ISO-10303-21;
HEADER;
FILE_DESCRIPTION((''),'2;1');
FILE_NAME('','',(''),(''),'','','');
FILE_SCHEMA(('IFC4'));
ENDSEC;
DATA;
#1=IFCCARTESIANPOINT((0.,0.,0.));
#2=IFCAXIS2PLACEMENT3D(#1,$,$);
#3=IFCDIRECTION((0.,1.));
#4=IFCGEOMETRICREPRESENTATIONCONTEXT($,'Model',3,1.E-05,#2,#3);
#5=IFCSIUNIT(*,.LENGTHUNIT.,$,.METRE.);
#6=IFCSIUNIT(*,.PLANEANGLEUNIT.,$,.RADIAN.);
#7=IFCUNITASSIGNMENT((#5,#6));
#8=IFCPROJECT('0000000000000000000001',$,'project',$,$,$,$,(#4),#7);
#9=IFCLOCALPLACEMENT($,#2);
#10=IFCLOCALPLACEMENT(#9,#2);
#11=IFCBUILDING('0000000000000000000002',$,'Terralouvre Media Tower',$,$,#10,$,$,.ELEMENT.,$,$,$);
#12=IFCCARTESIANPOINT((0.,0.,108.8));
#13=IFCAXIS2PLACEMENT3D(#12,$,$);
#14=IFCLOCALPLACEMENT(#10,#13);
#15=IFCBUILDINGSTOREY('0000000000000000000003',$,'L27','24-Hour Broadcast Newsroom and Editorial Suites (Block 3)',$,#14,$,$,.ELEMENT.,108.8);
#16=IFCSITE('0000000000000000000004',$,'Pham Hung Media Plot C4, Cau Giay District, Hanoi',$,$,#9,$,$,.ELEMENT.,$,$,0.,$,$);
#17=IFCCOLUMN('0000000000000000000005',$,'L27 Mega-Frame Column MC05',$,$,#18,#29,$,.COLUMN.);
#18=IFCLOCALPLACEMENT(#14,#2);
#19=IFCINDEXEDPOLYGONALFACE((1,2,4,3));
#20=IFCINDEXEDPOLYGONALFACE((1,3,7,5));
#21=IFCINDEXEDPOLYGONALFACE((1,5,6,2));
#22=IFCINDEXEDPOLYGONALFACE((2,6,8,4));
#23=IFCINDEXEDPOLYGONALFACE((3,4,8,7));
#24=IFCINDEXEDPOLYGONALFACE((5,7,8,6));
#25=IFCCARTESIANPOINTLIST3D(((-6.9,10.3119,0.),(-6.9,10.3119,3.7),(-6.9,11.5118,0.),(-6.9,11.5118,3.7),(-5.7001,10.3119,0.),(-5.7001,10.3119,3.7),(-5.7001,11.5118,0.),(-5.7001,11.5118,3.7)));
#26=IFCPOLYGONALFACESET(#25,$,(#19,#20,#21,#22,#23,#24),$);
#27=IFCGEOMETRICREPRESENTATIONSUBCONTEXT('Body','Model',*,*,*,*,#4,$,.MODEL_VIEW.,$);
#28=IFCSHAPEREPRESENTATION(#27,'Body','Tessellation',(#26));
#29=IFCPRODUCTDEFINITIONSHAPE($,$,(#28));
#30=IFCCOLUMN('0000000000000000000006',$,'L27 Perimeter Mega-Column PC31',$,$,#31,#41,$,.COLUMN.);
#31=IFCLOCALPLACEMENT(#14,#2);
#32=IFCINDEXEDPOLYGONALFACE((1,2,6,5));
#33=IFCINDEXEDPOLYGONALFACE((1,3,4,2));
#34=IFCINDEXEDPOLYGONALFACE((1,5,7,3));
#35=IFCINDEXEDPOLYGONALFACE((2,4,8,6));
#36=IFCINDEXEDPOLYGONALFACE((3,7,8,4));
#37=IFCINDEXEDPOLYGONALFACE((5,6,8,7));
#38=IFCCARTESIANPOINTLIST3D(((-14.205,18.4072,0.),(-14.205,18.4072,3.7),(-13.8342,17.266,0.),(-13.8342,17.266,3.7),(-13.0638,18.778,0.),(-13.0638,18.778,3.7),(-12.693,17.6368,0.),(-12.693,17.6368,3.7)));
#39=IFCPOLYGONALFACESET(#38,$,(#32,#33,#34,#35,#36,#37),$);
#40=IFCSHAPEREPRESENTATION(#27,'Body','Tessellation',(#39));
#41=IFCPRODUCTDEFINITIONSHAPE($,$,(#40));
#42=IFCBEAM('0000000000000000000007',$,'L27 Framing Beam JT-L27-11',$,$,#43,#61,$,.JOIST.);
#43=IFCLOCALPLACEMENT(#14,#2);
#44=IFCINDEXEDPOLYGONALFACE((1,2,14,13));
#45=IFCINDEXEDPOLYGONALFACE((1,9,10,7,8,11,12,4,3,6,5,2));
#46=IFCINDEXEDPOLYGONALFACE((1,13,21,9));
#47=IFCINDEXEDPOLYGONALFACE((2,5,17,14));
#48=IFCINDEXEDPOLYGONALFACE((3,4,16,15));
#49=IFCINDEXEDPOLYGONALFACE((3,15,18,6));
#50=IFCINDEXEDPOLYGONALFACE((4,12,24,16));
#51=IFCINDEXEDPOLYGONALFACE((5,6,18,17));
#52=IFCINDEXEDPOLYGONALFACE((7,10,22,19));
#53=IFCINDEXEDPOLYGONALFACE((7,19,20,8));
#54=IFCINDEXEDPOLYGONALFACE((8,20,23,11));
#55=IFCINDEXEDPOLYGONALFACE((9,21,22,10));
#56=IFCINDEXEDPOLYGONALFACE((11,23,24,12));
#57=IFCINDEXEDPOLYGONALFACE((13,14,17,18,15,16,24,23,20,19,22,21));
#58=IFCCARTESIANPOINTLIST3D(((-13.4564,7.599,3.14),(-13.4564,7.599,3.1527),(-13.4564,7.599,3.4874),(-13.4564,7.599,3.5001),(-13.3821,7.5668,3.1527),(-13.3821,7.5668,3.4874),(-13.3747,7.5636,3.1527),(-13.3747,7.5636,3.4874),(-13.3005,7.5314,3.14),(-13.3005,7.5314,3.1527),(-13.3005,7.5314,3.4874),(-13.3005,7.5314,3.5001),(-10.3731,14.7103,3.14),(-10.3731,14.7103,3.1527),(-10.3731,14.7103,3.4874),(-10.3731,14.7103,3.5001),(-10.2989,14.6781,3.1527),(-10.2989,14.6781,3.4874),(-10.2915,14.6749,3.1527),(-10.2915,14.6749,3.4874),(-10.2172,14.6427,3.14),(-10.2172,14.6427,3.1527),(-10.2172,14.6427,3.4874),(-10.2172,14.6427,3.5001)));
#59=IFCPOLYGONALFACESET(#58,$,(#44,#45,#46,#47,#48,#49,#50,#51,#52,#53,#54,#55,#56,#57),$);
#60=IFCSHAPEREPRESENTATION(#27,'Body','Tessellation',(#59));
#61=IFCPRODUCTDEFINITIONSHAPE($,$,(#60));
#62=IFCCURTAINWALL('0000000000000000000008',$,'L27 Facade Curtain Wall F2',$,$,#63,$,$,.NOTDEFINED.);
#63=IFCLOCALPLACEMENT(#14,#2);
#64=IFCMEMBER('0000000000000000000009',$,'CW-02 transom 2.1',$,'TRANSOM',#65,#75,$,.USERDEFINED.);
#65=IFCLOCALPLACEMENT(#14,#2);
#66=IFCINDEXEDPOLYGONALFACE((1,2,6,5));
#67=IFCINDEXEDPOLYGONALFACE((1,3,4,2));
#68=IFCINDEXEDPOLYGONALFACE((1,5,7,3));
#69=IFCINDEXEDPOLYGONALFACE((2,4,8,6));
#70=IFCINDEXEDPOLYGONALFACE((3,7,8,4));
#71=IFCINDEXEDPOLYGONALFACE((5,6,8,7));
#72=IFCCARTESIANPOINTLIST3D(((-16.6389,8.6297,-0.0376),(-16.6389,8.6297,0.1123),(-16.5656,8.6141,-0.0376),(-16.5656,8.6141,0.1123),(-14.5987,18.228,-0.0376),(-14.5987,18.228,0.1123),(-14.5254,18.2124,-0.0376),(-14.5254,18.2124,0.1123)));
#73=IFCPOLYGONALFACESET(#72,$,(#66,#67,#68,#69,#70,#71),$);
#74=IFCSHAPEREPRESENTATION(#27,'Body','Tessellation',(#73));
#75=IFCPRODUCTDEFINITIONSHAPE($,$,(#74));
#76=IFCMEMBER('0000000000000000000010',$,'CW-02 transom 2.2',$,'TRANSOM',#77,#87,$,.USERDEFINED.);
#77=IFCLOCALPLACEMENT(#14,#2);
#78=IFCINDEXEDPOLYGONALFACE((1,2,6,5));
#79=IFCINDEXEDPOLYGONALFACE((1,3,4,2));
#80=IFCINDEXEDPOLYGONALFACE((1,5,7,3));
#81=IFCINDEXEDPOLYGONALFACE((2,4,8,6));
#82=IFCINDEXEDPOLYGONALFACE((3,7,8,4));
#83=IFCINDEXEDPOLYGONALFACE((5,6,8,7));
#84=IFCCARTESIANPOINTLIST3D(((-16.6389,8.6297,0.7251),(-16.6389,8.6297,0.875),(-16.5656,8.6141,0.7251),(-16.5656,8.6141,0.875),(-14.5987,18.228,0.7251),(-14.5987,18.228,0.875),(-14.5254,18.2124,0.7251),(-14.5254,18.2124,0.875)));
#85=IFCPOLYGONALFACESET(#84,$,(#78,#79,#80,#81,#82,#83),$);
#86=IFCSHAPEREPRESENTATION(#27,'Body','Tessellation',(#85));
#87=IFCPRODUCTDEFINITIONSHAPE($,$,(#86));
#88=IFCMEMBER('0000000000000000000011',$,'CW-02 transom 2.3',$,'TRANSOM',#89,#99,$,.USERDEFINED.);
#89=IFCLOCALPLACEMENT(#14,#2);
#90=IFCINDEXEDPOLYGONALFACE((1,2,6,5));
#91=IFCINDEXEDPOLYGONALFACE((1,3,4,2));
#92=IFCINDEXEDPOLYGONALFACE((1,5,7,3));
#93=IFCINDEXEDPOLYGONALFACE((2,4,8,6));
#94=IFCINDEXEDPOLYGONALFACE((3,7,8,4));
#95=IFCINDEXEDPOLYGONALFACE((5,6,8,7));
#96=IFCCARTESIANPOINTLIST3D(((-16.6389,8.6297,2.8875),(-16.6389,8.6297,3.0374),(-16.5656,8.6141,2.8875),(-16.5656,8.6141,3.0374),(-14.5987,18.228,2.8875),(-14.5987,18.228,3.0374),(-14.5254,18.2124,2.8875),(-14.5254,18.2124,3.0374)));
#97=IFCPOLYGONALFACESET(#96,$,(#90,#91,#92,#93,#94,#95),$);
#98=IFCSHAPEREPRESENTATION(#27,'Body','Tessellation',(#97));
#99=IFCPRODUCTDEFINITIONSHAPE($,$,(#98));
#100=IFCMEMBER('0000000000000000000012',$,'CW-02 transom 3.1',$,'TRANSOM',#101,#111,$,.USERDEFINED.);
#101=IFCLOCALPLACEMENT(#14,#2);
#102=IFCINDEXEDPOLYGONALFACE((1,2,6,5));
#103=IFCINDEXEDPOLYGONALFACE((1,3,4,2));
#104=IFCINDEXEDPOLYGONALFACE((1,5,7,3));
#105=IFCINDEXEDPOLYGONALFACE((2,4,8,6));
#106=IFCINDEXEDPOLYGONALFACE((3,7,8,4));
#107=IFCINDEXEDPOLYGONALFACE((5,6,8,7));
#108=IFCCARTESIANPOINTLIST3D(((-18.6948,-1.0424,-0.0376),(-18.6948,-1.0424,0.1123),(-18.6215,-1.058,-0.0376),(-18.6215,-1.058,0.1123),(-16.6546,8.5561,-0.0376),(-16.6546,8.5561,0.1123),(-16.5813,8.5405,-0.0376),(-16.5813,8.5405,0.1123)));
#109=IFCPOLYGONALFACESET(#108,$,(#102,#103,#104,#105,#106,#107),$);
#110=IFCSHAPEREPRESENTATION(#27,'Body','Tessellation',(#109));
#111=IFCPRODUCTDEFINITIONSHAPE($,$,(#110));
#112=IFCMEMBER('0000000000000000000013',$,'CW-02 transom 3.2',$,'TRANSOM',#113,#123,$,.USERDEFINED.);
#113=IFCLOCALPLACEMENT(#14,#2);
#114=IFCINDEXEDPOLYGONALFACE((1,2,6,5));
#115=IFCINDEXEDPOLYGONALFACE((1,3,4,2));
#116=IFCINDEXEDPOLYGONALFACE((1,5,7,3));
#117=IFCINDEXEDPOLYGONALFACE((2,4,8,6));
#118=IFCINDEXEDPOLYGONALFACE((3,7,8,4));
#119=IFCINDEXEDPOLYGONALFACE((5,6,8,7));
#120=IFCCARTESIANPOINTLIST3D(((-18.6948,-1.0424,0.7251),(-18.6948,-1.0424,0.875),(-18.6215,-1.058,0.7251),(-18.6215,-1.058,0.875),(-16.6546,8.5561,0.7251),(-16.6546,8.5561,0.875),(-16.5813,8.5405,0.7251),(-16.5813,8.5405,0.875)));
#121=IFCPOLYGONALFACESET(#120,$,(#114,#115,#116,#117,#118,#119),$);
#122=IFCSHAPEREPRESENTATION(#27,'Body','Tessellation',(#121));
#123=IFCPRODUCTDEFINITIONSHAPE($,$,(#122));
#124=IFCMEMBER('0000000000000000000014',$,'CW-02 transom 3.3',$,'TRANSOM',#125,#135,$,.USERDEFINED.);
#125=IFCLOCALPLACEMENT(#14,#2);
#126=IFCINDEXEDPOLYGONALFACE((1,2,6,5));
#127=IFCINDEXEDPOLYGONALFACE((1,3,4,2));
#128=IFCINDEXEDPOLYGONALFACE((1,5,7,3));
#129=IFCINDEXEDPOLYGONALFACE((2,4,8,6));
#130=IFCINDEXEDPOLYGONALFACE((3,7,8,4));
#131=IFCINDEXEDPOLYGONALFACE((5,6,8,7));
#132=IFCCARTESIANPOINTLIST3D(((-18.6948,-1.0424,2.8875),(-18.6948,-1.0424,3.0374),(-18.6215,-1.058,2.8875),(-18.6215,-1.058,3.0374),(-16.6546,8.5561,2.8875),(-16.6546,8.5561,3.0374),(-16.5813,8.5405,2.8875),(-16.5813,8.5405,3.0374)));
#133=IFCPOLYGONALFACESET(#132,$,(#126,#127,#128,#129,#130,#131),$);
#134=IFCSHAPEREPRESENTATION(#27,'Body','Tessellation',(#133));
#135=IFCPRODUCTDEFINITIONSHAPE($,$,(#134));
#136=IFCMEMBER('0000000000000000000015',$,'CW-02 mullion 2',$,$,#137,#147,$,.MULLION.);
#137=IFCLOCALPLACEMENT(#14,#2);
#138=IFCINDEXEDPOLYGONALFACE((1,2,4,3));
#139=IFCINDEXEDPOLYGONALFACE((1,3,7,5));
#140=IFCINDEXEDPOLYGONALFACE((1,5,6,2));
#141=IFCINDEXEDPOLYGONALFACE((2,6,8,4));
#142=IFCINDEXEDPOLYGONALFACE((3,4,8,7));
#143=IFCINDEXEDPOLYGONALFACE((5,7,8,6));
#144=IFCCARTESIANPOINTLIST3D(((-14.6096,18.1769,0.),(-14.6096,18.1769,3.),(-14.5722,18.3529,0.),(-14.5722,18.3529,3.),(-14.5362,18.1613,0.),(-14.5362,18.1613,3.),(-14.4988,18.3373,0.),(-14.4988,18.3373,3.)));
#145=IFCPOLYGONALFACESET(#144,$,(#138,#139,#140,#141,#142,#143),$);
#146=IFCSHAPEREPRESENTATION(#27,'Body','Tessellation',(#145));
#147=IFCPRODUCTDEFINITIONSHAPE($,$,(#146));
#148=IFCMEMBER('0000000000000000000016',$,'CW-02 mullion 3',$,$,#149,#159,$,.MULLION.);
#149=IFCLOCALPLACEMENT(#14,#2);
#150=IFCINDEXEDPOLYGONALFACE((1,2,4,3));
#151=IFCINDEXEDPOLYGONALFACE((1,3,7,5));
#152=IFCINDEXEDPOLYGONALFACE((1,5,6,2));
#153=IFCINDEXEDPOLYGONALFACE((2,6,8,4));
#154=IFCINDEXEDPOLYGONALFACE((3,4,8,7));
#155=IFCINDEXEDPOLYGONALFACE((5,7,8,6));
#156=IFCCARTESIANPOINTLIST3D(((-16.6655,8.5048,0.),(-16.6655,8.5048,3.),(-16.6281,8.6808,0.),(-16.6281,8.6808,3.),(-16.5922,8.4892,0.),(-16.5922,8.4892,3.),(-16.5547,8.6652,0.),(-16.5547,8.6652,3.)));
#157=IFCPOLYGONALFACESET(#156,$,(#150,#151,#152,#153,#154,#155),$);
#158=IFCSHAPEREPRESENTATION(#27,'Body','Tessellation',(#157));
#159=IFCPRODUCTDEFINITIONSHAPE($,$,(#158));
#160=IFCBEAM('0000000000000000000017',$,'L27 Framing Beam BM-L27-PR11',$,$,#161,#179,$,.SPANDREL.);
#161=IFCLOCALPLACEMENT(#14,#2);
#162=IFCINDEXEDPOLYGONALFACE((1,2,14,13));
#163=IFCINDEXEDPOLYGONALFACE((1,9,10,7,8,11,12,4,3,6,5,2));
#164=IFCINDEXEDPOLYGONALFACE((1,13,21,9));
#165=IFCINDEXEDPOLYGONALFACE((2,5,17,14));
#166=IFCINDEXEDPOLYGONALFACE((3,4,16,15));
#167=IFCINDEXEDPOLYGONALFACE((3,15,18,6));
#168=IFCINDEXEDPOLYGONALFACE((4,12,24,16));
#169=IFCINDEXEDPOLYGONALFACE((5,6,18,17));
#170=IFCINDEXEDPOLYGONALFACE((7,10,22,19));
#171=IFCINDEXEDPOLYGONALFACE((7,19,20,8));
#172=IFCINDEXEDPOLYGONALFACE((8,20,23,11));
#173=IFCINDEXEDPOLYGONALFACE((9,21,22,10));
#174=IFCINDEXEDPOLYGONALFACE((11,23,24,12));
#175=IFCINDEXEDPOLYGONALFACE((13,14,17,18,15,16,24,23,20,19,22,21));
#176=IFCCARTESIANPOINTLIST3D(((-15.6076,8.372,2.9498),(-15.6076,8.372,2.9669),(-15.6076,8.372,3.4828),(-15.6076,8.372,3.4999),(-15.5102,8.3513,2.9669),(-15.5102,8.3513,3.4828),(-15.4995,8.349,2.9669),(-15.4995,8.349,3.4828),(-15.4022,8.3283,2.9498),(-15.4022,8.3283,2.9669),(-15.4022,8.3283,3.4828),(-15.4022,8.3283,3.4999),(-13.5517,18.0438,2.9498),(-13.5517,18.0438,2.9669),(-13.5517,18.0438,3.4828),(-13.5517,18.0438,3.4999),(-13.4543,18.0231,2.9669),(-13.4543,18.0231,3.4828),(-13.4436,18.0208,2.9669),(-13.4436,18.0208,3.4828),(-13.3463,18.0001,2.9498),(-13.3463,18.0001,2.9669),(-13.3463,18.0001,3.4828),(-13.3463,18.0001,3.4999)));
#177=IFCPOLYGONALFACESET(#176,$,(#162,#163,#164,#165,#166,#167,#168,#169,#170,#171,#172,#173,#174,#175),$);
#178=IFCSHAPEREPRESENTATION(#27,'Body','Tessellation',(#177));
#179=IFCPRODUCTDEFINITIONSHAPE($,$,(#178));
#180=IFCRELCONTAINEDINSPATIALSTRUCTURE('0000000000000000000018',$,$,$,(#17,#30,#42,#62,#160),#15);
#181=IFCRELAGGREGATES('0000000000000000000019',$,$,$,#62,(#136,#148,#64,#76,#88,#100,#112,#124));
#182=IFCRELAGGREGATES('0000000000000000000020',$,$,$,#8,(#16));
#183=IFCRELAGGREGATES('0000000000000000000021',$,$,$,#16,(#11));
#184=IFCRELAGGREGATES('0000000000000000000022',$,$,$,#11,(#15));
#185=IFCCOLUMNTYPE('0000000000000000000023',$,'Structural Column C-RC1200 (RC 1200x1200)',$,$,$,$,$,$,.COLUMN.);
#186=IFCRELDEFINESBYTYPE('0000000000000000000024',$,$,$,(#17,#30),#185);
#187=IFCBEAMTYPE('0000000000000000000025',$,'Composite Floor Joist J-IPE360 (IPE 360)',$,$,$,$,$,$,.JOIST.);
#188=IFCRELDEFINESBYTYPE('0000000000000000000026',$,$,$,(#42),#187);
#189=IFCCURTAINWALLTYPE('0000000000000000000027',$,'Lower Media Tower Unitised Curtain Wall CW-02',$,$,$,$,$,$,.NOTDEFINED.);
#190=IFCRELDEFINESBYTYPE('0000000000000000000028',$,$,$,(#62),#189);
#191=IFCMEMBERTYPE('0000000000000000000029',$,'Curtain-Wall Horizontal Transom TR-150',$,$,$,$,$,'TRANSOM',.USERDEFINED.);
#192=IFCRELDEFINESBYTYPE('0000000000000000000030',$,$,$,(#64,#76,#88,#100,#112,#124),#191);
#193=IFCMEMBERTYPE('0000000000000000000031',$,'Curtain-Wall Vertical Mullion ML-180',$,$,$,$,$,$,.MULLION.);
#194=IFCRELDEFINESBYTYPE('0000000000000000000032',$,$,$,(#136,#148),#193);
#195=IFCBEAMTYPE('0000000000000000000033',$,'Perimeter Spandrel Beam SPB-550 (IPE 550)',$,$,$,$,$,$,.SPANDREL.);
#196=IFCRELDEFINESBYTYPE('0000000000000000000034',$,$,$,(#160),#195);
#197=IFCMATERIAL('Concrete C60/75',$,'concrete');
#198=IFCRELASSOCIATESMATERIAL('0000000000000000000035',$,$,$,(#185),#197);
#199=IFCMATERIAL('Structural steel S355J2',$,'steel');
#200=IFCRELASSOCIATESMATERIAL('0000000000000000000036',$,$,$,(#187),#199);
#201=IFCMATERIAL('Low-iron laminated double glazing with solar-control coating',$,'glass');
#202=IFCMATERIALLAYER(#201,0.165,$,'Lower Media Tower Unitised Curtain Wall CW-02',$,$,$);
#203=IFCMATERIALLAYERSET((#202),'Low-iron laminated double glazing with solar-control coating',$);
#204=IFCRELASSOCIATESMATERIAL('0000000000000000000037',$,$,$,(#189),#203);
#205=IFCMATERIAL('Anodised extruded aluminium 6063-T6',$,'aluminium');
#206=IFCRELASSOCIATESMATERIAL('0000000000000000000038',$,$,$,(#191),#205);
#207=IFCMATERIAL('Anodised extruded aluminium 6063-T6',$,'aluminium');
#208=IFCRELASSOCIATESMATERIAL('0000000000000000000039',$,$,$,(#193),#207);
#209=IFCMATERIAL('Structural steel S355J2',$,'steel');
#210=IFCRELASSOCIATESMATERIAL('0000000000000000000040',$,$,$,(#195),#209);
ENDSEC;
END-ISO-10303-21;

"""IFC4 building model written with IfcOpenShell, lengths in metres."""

from ifc_helpers import new_model, si_unit, direction, frame, origin, origin_2d, place, context, subcontext, project, spatial, rectangle, i_section, extrude, material, layer, layer_set, material_profile, profile_set, type_object, element, aggregate, save


model = new_model("IFC4")

# Units and contexts
model_context = context("Model", 3, precision=1e-05, world=origin(), true_north=direction((0.0, 1.0)))
body_context = subcontext(model_context, "Body", "Model", "MODEL_VIEW")
ifc_project = project(units=[si_unit("LENGTHUNIT", "METRE"), si_unit("PLANEANGLEUNIT", "RADIAN")], contexts=[model_context])

# Site, building, storey
site_placement = place(None, origin())
site = spatial("IfcSite", under=ifc_project, at=site_placement, Name="Pham Hung Media Plot C4, Cau Giay District, Hanoi", CompositionType="ELEMENT", RefElevation=0.0)
building_placement = place(site_placement, origin())
building = spatial("IfcBuilding", under=site, at=building_placement, Name="Terralouvre Media Tower", CompositionType="ELEMENT")
storey_placement = place(building_placement, frame((0.0, 0.0, 108.8)))
storey = spatial("IfcBuildingStorey", under=building, at=storey_placement, Name="L27", Description="24-Hour Broadcast Newsroom and Editorial Suites (Block 3)", CompositionType="ELEMENT", Elevation=108.8)

# Columns
ifc_material_1 = material(Name="Concrete C60/75", Category="concrete")
ifc_material_profile_1 = material_profile(ifc_material_1, rectangle(XDim=1.2, YDim=1.2, at=origin_2d()), Name="RC 1200x1200")
ifc_profile_set_1 = profile_set([ifc_material_profile_1], Name="Concrete C60/75")
column_type = type_object("IfcColumnType", Name="Structural Column C-RC1200 (RC 1200x1200)", PredefinedType="COLUMN", material=ifc_profile_set_1)
for number, where, z_axis, x_axis, name in (
    (1, (-6.3, 10.9119, 0.0), (0.0, 0.0, 1.0), (1.0, 0.0, 0.0), "L27 Mega-Frame Column MC05"),
    (2, (-13.449, 18.022, 0.0), (0.0, 0.0, 1.0), (0.951057, 0.309017, 0.0), "L27 Perimeter Mega-Column PC31"),
):
    element("IfcColumn", number, at=place(storey_placement, frame(where, z_axis=z_axis, x_axis=x_axis)), inside=storey, type_object=column_type, Name=name, PredefinedType="COLUMN", context=body_context, shape_type="SweptSolid", body=[
        extrude(rectangle(XDim=1.2, YDim=1.2, at=origin_2d()), origin(), (0.0, 0.0, 1.0), 3.7),
    ])

# Beam
ifc_material_2 = material(Name="Structural steel S355J2", Category="steel")
ifc_material_profile_2 = material_profile(ifc_material_2, i_section(OverallWidth=0.1699, OverallDepth=0.3601, WebThickness=0.0081, FlangeThickness=0.0127, at=origin_2d()), Name="IPE 360")
ifc_profile_set_2 = profile_set([ifc_material_profile_2], Name="Structural steel S355J2")
beam_type_1 = type_object("IfcBeamType", Name="Composite Floor Joist J-IPE360 (IPE 360)", PredefinedType="JOIST", material=ifc_profile_set_2)
beam_1_placement = place(storey_placement, frame((-10.2952, 14.6765, 3.3201), z_axis=(-0.39779, -0.917477, 0.0), x_axis=(0.917477, -0.39779, 0.0)))
element("IfcBeam", 3, at=beam_1_placement, inside=storey, type_object=beam_type_1, Name="L27 Framing Beam JT-L27-11", PredefinedType="JOIST", context=body_context, shape_type="SweptSolid", body=[
    extrude(i_section(OverallWidth=0.1699, OverallDepth=0.3601, WebThickness=0.0081, FlangeThickness=0.0127, at=origin_2d()), origin(), (0.0, 0.0, 1.0), 7.751),
])

# Curtain wall, members
ifc_material_3 = material(Name="Low-iron laminated double glazing with solar-control coating", Category="glass")
ifc_layer_1 = layer(ifc_material_3, 0.165, Name="Lower Media Tower Unitised Curtain Wall CW-02")
ifc_layer_set_1 = layer_set([ifc_layer_1], Name="Low-iron laminated double glazing with solar-control coating")
curtain_wall_type = type_object("IfcCurtainWallType", Name="Lower Media Tower Unitised Curtain Wall CW-02", PredefinedType="NOTDEFINED", material=ifc_layer_set_1)
curtain_wall_placement = place(storey_placement, origin())
curtain_wall = element("IfcCurtainWall", 4, at=curtain_wall_placement, inside=storey, type_object=curtain_wall_type, Name="L27 Facade Curtain Wall F2", PredefinedType="NOTDEFINED")
ifc_material_4 = material(Name="Anodised extruded aluminium 6063-T6", Category="aluminium")
ifc_material_profile_3 = material_profile(ifc_material_4, rectangle(XDim=0.075, YDim=0.1499, at=origin_2d()), Name="ALU 75x150")
ifc_profile_set_3 = profile_set([ifc_material_profile_3], Name="Anodised extruded aluminium 6063-T6")
member_type_1 = type_object("IfcMemberType", Name="Curtain-Wall Horizontal Transom TR-150", ElementType="TRANSOM", PredefinedType="USERDEFINED", material=ifc_profile_set_3)
member_1_placement = place(storey_placement, frame((-14.562, 18.2202, 0.0374), z_axis=(-0.20792, -0.978146, 0.0), x_axis=(0.978146, -0.20792, 0.0)))
member_1 = element("IfcMember", 5, at=member_1_placement, type_object=member_type_1, Name="CW-02 transom 2.1", ObjectType="TRANSOM", PredefinedType="USERDEFINED", context=body_context, shape_type="SweptSolid", body=[
    extrude(rectangle(XDim=0.075, YDim=0.1499, at=origin_2d()), origin(), (0.0, 0.0, 1.0), 9.8127),
])
member_2_placement = place(storey_placement, frame((-14.562, 18.2202, 0.8), z_axis=(-0.20792, -0.978146, 0.0), x_axis=(0.978146, -0.20792, 0.0)))
member_2 = element("IfcMember", 6, at=member_2_placement, type_object=member_type_1, Name="CW-02 transom 2.2", ObjectType="TRANSOM", PredefinedType="USERDEFINED", context=body_context, shape_type="SweptSolid", body=[
    extrude(rectangle(XDim=0.075, YDim=0.1499, at=origin_2d()), origin(), (0.0, 0.0, 1.0), 9.8127),
])
member_3_placement = place(storey_placement, frame((-14.562, 18.2202, 2.9624), z_axis=(-0.20792, -0.978146, 0.0), x_axis=(0.978146, -0.20792, 0.0)))
member_3 = element("IfcMember", 7, at=member_3_placement, type_object=member_type_1, Name="CW-02 transom 2.3", ObjectType="TRANSOM", PredefinedType="USERDEFINED", context=body_context, shape_type="SweptSolid", body=[
    extrude(rectangle(XDim=0.075, YDim=0.1499, at=origin_2d()), origin(), (0.0, 0.0, 1.0), 9.8127),
])
member_4_placement = place(storey_placement, frame((-16.6179, 8.5483, 0.0374), z_axis=(-0.207915, -0.978147, 0.0), x_axis=(0.978147, -0.207915, 0.0)))
member_4 = element("IfcMember", 8, at=member_4_placement, type_object=member_type_1, Name="CW-02 transom 3.1", ObjectType="TRANSOM", PredefinedType="USERDEFINED", context=body_context, shape_type="SweptSolid", body=[
    extrude(rectangle(XDim=0.075, YDim=0.1499, at=origin_2d()), origin(), (0.0, 0.0, 1.0), 9.813),
])
member_5_placement = place(storey_placement, frame((-16.6179, 8.5483, 0.8), z_axis=(-0.207915, -0.978147, 0.0), x_axis=(0.978147, -0.207915, 0.0)))
member_5 = element("IfcMember", 9, at=member_5_placement, type_object=member_type_1, Name="CW-02 transom 3.2", ObjectType="TRANSOM", PredefinedType="USERDEFINED", context=body_context, shape_type="SweptSolid", body=[
    extrude(rectangle(XDim=0.075, YDim=0.1499, at=origin_2d()), origin(), (0.0, 0.0, 1.0), 9.813),
])
member_6_placement = place(storey_placement, frame((-16.6179, 8.5483, 2.9624), z_axis=(-0.207915, -0.978147, 0.0), x_axis=(0.978147, -0.207915, 0.0)))
member_6 = element("IfcMember", 10, at=member_6_placement, type_object=member_type_1, Name="CW-02 transom 3.3", ObjectType="TRANSOM", PredefinedType="USERDEFINED", context=body_context, shape_type="SweptSolid", body=[
    extrude(rectangle(XDim=0.075, YDim=0.1499, at=origin_2d()), origin(), (0.0, 0.0, 1.0), 9.813),
])
ifc_material_5 = material(Name="Anodised extruded aluminium 6063-T6", Category="aluminium")
ifc_material_profile_4 = material_profile(ifc_material_5, rectangle(XDim=0.075, YDim=0.1799, at=origin_2d()), Name="ALU 75x180")
ifc_profile_set_4 = profile_set([ifc_material_profile_4], Name="Anodised extruded aluminium 6063-T6")
member_type_2 = type_object("IfcMemberType", Name="Curtain-Wall Vertical Mullion ML-180", PredefinedType="MULLION", material=ifc_profile_set_4)
member_7_placement = place(storey_placement, frame((-14.5542, 18.2571, 0.0), z_axis=(0.0, 0.0, 1.0), x_axis=(0.978148, -0.207912, 0.0)))
member_7 = element("IfcMember", 11, at=member_7_placement, type_object=member_type_2, Name="CW-02 mullion 2", PredefinedType="MULLION", context=body_context, shape_type="SweptSolid", body=[
    extrude(rectangle(XDim=0.075, YDim=0.1799, at=origin_2d()), origin(), (0.0, 0.0, 1.0), 3.0),
])
member_8_placement = place(storey_placement, frame((-16.6101, 8.585, 0.0), z_axis=(0.0, 0.0, 1.0), x_axis=(0.978148, -0.207912, 0.0)))
member_8 = element("IfcMember", 12, at=member_8_placement, type_object=member_type_2, Name="CW-02 mullion 3", PredefinedType="MULLION", context=body_context, shape_type="SweptSolid", body=[
    extrude(rectangle(XDim=0.075, YDim=0.1799, at=origin_2d()), origin(), (0.0, 0.0, 1.0), 3.0),
])

# Beam
ifc_material_6 = material(Name="Structural steel S355J2", Category="steel")
ifc_material_profile_5 = material_profile(ifc_material_6, i_section(OverallWidth=0.21, OverallDepth=0.55, WebThickness=0.011, FlangeThickness=0.0171, at=origin_2d()), Name="IPE 550")
ifc_profile_set_5 = profile_set([ifc_material_profile_5], Name="Structural steel S355J2")
beam_type_2 = type_object("IfcBeamType", Name="Perimeter Spandrel Beam SPB-550 (IPE 550)", PredefinedType="SPANDREL", material=ifc_profile_set_5)
for number, where, z_axis, x_axis, name in (
    (13, (-13.449, 18.022, 3.2249), (-0.20792, -0.978146, 0.0), (0.978146, -0.20792, 0.0), "L27 Framing Beam BM-L27-PR11"),
):
    element("IfcBeam", number, at=place(storey_placement, frame(where, z_axis=z_axis, x_axis=x_axis)), inside=storey, type_object=beam_type_2, Name=name, PredefinedType="SPANDREL", context=body_context, shape_type="SweptSolid", body=[
        extrude(i_section(OverallWidth=0.21, OverallDepth=0.55, WebThickness=0.011, FlangeThickness=0.0171, at=origin_2d()), origin(), (0.0, 0.0, 1.0), 9.8879),
    ])

aggregate(curtain_wall, [member_7, member_8, member_1, member_2, member_3, member_4, member_5, member_6])

save(model, "model.ifc")
